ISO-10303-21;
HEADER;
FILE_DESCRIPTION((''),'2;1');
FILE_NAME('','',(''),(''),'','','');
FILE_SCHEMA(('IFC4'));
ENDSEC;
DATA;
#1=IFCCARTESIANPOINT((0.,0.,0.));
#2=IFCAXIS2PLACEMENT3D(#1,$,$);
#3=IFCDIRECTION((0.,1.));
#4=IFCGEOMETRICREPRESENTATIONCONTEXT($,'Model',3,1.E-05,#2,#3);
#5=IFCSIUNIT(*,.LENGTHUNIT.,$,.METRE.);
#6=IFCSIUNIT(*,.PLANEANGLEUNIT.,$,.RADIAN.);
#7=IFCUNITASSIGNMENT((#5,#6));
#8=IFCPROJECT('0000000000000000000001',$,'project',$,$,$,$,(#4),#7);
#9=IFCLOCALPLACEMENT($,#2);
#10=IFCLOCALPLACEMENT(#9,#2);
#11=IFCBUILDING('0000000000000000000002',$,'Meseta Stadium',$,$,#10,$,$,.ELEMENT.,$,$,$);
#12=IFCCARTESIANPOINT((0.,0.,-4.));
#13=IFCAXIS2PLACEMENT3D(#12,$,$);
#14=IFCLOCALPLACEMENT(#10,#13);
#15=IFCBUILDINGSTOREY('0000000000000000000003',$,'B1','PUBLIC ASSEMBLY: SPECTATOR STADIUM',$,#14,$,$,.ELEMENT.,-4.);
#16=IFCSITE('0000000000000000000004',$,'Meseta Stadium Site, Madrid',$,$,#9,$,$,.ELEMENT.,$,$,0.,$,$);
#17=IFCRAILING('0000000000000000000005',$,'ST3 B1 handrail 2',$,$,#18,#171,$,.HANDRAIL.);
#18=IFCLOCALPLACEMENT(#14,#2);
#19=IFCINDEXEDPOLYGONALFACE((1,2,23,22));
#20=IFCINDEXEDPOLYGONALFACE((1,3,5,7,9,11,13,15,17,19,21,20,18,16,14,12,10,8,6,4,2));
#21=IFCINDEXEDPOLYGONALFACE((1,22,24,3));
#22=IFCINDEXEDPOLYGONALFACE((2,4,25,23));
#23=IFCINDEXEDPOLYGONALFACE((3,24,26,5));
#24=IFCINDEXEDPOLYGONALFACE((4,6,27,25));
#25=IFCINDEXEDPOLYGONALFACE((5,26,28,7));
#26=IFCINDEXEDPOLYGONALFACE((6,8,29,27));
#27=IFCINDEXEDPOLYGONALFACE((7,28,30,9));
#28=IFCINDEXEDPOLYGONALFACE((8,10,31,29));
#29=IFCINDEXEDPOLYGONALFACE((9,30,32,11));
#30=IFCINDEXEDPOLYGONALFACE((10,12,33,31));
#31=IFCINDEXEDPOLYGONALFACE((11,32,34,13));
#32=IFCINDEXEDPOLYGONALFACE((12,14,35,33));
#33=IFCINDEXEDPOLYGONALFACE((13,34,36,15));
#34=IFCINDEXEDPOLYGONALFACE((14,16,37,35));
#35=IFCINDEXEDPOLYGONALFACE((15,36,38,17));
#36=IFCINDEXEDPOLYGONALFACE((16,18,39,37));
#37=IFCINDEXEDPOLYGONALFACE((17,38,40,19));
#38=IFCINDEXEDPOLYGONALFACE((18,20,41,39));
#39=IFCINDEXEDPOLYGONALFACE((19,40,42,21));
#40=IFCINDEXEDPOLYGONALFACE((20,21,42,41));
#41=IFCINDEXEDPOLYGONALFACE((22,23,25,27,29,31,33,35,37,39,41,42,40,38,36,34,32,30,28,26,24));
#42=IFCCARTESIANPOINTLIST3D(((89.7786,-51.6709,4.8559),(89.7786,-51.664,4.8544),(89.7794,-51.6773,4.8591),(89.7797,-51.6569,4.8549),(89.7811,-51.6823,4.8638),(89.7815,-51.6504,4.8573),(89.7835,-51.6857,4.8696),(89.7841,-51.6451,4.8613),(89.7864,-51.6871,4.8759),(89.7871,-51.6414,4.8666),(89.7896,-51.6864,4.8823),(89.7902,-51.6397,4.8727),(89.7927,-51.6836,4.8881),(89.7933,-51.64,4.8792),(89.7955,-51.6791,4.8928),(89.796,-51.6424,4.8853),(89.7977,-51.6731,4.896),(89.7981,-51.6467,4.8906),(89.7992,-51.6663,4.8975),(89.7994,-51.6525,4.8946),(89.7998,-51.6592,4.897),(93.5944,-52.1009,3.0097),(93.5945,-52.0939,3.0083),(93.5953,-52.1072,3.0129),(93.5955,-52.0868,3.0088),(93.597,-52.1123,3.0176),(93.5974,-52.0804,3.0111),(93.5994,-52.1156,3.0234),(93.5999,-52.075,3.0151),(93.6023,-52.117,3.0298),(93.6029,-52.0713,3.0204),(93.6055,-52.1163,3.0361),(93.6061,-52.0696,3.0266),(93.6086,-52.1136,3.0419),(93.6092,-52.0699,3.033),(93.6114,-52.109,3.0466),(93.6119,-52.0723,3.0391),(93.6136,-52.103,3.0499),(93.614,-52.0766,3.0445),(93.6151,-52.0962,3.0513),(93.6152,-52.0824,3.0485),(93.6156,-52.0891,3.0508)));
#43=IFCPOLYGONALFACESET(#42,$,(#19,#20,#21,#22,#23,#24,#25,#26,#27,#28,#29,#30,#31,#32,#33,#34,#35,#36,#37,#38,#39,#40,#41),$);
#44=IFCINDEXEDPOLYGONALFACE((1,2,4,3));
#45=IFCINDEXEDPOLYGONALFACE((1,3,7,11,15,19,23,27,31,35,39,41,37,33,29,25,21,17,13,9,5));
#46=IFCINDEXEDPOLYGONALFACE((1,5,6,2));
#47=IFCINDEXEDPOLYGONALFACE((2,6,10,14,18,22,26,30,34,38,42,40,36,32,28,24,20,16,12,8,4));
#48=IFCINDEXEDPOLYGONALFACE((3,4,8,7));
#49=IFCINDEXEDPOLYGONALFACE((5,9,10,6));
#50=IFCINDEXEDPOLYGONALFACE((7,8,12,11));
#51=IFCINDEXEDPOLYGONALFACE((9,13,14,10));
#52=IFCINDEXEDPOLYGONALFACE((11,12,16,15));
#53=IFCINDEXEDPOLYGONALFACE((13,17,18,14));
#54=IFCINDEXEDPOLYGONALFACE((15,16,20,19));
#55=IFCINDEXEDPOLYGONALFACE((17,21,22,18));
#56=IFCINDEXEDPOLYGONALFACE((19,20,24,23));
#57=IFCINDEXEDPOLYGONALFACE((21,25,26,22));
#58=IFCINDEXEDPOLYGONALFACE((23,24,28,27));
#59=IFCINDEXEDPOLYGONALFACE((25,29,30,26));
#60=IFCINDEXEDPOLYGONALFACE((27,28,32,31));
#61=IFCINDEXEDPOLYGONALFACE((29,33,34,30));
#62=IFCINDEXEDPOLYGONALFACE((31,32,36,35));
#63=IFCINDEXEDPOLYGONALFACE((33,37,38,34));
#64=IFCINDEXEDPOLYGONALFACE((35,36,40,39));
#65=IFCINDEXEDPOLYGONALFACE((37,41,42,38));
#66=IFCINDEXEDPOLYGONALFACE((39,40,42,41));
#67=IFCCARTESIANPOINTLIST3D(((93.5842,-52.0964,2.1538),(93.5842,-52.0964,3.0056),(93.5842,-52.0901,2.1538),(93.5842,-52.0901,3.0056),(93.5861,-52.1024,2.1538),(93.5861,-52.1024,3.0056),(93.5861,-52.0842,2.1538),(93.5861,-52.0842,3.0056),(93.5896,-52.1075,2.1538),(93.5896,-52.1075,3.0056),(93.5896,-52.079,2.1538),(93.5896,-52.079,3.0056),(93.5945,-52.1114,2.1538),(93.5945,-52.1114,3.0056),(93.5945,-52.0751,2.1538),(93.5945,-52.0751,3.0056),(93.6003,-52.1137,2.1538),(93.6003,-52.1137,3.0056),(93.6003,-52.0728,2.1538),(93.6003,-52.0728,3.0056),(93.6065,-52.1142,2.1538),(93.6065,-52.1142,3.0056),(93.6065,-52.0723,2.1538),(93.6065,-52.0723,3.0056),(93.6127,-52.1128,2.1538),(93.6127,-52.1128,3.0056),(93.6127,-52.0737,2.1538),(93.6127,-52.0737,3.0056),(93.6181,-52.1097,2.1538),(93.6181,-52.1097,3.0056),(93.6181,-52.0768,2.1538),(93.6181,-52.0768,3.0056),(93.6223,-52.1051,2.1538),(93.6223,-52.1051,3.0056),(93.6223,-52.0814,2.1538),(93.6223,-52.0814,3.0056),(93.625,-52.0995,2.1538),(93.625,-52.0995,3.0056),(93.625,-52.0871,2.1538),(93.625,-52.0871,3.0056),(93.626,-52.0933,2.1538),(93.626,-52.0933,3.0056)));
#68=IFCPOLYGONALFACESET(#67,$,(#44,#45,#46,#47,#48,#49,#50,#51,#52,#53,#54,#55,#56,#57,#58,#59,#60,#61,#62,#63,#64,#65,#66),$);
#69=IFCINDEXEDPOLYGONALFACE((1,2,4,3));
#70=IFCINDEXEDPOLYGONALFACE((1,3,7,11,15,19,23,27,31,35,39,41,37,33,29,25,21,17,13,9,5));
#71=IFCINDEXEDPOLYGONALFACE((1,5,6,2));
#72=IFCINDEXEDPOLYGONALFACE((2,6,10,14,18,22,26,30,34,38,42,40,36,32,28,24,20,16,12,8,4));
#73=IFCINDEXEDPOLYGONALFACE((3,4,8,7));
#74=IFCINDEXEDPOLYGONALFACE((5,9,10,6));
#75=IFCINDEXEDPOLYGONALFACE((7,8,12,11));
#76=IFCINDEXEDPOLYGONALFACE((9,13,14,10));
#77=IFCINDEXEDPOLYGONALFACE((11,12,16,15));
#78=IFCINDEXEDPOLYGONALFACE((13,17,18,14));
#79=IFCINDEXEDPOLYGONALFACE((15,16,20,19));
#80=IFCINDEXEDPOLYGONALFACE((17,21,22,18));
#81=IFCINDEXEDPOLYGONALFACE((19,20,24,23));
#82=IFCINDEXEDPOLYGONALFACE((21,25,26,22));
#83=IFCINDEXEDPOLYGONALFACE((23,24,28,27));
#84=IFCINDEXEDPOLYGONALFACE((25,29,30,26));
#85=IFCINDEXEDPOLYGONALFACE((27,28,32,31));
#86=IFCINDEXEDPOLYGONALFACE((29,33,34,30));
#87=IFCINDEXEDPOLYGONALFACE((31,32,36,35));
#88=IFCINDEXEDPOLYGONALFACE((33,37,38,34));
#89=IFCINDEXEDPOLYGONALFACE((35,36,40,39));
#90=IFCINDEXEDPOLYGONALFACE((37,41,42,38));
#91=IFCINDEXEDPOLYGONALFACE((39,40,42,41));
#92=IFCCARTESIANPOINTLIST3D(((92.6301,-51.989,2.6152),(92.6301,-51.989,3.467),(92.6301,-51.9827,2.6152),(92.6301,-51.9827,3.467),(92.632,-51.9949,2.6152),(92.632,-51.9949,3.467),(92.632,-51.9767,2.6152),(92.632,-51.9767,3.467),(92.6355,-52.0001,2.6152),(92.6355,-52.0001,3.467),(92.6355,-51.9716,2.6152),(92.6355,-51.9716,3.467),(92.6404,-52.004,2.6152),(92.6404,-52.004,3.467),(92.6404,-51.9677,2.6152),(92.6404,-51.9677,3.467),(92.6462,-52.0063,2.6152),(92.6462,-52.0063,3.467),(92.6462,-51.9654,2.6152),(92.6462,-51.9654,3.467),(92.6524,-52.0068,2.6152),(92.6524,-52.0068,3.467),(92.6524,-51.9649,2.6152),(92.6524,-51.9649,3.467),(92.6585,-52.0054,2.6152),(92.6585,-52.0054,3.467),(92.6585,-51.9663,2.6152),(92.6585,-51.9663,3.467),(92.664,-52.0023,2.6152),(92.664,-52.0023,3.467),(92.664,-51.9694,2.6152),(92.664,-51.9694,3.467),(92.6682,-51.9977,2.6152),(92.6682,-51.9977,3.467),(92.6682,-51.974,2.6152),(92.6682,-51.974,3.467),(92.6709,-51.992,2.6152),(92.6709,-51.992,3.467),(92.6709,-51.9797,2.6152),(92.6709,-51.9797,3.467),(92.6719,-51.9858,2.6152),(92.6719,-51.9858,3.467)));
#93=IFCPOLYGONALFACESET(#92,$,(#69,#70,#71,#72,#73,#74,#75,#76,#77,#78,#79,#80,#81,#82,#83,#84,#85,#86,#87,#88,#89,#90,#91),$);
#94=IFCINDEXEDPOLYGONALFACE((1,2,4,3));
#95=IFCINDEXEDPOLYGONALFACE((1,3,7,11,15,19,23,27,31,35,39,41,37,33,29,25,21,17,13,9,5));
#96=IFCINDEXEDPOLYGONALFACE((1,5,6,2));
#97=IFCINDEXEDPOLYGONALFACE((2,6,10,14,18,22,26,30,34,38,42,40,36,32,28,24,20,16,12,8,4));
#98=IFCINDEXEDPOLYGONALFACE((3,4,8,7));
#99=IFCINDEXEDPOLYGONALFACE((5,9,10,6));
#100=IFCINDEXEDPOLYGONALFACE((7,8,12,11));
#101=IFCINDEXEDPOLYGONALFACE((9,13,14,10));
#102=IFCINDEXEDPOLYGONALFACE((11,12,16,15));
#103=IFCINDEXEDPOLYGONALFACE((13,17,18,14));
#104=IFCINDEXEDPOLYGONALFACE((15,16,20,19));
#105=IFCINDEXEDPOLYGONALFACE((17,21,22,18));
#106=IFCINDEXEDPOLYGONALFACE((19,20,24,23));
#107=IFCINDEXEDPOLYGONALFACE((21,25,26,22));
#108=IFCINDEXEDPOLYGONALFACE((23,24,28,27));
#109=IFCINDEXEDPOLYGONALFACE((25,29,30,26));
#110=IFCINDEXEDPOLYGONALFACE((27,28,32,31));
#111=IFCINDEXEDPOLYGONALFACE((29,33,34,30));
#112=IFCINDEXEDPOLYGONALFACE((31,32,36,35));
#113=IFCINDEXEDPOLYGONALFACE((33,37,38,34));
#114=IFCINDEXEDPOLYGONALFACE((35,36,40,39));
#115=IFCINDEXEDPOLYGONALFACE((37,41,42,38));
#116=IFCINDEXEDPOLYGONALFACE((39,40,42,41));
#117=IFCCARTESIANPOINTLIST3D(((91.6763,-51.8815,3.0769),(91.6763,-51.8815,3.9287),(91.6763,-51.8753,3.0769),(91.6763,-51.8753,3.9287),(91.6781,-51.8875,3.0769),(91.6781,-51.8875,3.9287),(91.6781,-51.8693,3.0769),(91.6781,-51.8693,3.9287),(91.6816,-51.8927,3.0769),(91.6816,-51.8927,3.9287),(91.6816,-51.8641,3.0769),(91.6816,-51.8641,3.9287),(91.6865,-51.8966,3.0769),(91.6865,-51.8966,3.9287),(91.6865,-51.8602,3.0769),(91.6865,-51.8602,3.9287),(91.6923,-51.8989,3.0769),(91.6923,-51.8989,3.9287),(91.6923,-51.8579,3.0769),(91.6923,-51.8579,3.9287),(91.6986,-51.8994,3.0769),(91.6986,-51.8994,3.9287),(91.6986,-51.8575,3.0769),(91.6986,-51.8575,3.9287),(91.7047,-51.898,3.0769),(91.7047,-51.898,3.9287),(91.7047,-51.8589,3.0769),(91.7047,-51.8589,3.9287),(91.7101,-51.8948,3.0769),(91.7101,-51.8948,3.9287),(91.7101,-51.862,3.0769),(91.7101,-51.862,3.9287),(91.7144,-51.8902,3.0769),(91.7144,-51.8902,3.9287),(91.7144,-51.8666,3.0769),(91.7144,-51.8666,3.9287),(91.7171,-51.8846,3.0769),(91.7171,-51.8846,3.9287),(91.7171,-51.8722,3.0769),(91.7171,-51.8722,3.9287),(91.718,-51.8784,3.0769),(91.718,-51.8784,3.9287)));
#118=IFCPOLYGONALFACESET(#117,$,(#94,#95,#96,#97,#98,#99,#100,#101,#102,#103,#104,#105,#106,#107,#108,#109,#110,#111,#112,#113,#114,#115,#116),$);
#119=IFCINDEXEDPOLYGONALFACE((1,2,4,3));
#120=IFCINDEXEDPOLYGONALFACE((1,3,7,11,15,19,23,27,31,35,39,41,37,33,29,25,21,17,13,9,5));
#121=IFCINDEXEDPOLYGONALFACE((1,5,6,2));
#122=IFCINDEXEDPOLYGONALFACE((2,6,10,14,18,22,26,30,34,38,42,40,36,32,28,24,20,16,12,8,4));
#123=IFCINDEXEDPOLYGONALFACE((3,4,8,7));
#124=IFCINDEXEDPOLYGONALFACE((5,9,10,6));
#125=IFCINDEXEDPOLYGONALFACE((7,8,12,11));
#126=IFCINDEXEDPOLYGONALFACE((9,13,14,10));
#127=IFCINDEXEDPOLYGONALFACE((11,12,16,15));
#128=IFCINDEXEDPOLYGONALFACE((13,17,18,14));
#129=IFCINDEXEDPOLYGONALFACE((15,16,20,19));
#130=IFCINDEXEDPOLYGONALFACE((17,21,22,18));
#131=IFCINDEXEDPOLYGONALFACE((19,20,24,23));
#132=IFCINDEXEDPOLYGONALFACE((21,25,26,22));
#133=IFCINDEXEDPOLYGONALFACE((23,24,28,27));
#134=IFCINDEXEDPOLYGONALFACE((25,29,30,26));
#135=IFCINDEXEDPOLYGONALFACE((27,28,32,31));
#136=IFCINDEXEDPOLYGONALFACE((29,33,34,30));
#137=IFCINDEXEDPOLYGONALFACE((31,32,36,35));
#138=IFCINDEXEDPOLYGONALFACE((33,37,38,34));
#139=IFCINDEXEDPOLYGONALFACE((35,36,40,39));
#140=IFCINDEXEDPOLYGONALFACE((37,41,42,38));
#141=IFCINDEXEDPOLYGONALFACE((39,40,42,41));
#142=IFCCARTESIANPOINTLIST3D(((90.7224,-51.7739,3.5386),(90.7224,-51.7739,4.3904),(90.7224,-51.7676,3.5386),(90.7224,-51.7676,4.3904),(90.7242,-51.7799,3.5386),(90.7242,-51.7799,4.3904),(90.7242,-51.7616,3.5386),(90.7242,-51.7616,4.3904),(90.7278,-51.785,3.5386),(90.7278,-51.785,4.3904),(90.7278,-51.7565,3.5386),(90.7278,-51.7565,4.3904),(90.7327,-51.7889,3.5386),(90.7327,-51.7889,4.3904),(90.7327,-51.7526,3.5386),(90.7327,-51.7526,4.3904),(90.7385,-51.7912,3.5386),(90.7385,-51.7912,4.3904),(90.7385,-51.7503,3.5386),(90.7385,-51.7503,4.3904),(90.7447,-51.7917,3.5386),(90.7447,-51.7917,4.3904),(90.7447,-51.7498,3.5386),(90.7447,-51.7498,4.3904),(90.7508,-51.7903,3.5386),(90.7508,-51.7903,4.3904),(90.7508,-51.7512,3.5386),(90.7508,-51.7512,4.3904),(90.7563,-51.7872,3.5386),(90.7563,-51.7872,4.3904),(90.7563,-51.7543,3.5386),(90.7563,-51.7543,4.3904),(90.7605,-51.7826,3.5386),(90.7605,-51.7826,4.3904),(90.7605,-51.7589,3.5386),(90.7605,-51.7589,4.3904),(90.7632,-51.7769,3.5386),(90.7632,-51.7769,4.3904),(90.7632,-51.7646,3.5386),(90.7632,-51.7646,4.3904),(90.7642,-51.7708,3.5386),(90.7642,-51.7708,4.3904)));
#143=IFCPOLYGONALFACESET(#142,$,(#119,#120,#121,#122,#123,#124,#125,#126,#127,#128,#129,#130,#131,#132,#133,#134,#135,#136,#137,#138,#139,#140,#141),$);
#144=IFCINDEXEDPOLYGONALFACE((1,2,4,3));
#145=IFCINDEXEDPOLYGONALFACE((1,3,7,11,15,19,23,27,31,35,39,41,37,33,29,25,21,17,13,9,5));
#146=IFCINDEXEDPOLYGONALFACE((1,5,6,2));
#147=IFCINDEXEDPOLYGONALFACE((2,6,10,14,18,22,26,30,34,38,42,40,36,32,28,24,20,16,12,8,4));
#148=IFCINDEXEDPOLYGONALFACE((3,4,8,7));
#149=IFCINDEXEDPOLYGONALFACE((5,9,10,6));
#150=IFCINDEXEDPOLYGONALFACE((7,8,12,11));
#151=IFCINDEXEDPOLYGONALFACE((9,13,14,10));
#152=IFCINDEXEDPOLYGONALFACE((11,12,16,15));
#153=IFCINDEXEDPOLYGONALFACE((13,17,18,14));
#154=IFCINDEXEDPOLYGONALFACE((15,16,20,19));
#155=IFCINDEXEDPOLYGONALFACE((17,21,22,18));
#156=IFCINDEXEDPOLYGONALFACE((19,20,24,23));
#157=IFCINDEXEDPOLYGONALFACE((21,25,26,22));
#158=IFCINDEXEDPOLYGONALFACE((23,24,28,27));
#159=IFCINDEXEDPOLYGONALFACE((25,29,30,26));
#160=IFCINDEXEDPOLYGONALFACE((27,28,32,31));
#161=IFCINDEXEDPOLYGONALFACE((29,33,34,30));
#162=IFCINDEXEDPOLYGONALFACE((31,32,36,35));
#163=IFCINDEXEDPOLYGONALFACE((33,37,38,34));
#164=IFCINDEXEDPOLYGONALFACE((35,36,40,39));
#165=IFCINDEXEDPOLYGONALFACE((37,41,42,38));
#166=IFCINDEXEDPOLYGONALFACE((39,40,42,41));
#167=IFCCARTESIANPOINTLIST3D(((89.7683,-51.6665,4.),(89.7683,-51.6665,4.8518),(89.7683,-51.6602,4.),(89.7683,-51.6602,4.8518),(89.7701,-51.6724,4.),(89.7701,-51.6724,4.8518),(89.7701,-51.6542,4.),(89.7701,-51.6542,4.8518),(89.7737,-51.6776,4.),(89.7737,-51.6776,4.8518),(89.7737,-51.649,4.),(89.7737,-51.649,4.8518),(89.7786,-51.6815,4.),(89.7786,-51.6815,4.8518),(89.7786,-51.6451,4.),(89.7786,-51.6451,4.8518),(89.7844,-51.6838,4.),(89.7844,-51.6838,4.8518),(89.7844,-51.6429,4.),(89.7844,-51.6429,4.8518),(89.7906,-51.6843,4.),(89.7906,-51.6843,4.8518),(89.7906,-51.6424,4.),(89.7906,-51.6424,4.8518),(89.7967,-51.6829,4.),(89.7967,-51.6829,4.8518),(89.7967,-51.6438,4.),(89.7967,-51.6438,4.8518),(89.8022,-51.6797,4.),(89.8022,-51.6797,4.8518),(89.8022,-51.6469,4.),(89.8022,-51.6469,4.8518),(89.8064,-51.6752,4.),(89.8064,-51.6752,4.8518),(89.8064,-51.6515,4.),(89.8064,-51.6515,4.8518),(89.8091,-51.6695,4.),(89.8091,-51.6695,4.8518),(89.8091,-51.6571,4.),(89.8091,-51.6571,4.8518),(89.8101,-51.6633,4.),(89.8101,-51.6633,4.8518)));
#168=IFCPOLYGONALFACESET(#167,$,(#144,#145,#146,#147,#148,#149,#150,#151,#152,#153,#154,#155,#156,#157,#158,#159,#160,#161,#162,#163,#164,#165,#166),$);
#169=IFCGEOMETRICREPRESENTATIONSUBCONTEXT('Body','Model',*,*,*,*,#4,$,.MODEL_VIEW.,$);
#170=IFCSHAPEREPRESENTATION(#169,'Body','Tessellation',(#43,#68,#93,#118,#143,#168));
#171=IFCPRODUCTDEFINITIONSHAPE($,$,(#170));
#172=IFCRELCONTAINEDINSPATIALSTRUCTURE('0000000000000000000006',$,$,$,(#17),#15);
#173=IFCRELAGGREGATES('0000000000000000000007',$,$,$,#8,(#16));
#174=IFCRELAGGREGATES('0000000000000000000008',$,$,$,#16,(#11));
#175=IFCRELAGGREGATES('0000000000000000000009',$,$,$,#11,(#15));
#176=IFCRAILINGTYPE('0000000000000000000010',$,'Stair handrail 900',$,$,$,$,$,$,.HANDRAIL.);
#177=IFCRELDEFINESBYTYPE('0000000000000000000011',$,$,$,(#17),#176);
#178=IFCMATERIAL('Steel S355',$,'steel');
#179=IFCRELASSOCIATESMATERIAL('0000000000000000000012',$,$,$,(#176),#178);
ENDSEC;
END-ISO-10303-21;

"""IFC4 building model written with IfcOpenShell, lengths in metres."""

from ifc_helpers import new_model, si_unit, direction, frame, origin, origin_2d, place, context, subcontext, project, spatial, circle, extrude, material, type_object, element, save


model = new_model("IFC4")

# Units and contexts
model_context = context("Model", 3, precision=1e-05, world=origin(), true_north=direction((0.0, 1.0)))
body_context = subcontext(model_context, "Body", "Model", "MODEL_VIEW")
ifc_project = project(units=[si_unit("LENGTHUNIT", "METRE"), si_unit("PLANEANGLEUNIT", "RADIAN")], contexts=[model_context])

# Site, building, storey
site_placement = place(None, origin())
site = spatial("IfcSite", under=ifc_project, at=site_placement, Name="Meseta Stadium Site, Madrid", CompositionType="ELEMENT", RefElevation=0.0)
building_placement = place(site_placement, origin())
building = spatial("IfcBuilding", under=site, at=building_placement, Name="Meseta Stadium", CompositionType="ELEMENT")
storey_placement = place(building_placement, frame((0.0, 0.0, -4.0)))
storey = spatial("IfcBuildingStorey", under=building, at=storey_placement, Name="B1", Description="PUBLIC ASSEMBLY: SPECTATOR STADIUM", CompositionType="ELEMENT", Elevation=-4.0)

# Railing
ifc_material_1 = material(Name="Steel S355", Category="steel")
railing_type_1 = type_object("IfcRailingType", Name="Stair handrail 900", PredefinedType="HANDRAIL", material=ifc_material_1)
for number, where, name in (
    (1, (93.605, -52.0933, 2.1538), "ST3 B1 handrail 2"),
):
    element("IfcRailing", number, at=place(storey_placement, frame(where)), inside=storey, type_object=railing_type_1, Name=name, PredefinedType="HANDRAIL", context=body_context, shape_type="SweptSolid", body=[
        extrude(circle(Radius=0.0239, at=origin_2d()), frame((0.0, 0.0, 0.876), z_axis=(-0.895585, 0.100904, 0.433296), x_axis=(-0.11196, -0.993713, 0.0)), (0.0, 0.0, 1.0), 4.2607),
        extrude(circle(Radius=0.021, at=origin_2d()), origin(), (0.0, 0.0, 1.0), 0.8518),
        extrude(circle(Radius=0.021, at=origin_2d()), frame((-0.9541, 0.1074, 0.4614)), (0.0, 0.0, 1.0), 0.8518),
        extrude(circle(Radius=0.021, at=origin_2d()), frame((-1.908, 0.2148, 0.9231)), (0.0, 0.0, 1.0), 0.8518),
        extrude(circle(Radius=0.021, at=origin_2d()), frame((-2.8618, 0.3225, 1.3848)), (0.0, 0.0, 1.0), 0.8518),
        extrude(circle(Radius=0.021, at=origin_2d()), frame((-3.8159, 0.4299, 1.8462)), (0.0, 0.0, 1.0), 0.8518),
    ])

save(model, "model.ifc")
